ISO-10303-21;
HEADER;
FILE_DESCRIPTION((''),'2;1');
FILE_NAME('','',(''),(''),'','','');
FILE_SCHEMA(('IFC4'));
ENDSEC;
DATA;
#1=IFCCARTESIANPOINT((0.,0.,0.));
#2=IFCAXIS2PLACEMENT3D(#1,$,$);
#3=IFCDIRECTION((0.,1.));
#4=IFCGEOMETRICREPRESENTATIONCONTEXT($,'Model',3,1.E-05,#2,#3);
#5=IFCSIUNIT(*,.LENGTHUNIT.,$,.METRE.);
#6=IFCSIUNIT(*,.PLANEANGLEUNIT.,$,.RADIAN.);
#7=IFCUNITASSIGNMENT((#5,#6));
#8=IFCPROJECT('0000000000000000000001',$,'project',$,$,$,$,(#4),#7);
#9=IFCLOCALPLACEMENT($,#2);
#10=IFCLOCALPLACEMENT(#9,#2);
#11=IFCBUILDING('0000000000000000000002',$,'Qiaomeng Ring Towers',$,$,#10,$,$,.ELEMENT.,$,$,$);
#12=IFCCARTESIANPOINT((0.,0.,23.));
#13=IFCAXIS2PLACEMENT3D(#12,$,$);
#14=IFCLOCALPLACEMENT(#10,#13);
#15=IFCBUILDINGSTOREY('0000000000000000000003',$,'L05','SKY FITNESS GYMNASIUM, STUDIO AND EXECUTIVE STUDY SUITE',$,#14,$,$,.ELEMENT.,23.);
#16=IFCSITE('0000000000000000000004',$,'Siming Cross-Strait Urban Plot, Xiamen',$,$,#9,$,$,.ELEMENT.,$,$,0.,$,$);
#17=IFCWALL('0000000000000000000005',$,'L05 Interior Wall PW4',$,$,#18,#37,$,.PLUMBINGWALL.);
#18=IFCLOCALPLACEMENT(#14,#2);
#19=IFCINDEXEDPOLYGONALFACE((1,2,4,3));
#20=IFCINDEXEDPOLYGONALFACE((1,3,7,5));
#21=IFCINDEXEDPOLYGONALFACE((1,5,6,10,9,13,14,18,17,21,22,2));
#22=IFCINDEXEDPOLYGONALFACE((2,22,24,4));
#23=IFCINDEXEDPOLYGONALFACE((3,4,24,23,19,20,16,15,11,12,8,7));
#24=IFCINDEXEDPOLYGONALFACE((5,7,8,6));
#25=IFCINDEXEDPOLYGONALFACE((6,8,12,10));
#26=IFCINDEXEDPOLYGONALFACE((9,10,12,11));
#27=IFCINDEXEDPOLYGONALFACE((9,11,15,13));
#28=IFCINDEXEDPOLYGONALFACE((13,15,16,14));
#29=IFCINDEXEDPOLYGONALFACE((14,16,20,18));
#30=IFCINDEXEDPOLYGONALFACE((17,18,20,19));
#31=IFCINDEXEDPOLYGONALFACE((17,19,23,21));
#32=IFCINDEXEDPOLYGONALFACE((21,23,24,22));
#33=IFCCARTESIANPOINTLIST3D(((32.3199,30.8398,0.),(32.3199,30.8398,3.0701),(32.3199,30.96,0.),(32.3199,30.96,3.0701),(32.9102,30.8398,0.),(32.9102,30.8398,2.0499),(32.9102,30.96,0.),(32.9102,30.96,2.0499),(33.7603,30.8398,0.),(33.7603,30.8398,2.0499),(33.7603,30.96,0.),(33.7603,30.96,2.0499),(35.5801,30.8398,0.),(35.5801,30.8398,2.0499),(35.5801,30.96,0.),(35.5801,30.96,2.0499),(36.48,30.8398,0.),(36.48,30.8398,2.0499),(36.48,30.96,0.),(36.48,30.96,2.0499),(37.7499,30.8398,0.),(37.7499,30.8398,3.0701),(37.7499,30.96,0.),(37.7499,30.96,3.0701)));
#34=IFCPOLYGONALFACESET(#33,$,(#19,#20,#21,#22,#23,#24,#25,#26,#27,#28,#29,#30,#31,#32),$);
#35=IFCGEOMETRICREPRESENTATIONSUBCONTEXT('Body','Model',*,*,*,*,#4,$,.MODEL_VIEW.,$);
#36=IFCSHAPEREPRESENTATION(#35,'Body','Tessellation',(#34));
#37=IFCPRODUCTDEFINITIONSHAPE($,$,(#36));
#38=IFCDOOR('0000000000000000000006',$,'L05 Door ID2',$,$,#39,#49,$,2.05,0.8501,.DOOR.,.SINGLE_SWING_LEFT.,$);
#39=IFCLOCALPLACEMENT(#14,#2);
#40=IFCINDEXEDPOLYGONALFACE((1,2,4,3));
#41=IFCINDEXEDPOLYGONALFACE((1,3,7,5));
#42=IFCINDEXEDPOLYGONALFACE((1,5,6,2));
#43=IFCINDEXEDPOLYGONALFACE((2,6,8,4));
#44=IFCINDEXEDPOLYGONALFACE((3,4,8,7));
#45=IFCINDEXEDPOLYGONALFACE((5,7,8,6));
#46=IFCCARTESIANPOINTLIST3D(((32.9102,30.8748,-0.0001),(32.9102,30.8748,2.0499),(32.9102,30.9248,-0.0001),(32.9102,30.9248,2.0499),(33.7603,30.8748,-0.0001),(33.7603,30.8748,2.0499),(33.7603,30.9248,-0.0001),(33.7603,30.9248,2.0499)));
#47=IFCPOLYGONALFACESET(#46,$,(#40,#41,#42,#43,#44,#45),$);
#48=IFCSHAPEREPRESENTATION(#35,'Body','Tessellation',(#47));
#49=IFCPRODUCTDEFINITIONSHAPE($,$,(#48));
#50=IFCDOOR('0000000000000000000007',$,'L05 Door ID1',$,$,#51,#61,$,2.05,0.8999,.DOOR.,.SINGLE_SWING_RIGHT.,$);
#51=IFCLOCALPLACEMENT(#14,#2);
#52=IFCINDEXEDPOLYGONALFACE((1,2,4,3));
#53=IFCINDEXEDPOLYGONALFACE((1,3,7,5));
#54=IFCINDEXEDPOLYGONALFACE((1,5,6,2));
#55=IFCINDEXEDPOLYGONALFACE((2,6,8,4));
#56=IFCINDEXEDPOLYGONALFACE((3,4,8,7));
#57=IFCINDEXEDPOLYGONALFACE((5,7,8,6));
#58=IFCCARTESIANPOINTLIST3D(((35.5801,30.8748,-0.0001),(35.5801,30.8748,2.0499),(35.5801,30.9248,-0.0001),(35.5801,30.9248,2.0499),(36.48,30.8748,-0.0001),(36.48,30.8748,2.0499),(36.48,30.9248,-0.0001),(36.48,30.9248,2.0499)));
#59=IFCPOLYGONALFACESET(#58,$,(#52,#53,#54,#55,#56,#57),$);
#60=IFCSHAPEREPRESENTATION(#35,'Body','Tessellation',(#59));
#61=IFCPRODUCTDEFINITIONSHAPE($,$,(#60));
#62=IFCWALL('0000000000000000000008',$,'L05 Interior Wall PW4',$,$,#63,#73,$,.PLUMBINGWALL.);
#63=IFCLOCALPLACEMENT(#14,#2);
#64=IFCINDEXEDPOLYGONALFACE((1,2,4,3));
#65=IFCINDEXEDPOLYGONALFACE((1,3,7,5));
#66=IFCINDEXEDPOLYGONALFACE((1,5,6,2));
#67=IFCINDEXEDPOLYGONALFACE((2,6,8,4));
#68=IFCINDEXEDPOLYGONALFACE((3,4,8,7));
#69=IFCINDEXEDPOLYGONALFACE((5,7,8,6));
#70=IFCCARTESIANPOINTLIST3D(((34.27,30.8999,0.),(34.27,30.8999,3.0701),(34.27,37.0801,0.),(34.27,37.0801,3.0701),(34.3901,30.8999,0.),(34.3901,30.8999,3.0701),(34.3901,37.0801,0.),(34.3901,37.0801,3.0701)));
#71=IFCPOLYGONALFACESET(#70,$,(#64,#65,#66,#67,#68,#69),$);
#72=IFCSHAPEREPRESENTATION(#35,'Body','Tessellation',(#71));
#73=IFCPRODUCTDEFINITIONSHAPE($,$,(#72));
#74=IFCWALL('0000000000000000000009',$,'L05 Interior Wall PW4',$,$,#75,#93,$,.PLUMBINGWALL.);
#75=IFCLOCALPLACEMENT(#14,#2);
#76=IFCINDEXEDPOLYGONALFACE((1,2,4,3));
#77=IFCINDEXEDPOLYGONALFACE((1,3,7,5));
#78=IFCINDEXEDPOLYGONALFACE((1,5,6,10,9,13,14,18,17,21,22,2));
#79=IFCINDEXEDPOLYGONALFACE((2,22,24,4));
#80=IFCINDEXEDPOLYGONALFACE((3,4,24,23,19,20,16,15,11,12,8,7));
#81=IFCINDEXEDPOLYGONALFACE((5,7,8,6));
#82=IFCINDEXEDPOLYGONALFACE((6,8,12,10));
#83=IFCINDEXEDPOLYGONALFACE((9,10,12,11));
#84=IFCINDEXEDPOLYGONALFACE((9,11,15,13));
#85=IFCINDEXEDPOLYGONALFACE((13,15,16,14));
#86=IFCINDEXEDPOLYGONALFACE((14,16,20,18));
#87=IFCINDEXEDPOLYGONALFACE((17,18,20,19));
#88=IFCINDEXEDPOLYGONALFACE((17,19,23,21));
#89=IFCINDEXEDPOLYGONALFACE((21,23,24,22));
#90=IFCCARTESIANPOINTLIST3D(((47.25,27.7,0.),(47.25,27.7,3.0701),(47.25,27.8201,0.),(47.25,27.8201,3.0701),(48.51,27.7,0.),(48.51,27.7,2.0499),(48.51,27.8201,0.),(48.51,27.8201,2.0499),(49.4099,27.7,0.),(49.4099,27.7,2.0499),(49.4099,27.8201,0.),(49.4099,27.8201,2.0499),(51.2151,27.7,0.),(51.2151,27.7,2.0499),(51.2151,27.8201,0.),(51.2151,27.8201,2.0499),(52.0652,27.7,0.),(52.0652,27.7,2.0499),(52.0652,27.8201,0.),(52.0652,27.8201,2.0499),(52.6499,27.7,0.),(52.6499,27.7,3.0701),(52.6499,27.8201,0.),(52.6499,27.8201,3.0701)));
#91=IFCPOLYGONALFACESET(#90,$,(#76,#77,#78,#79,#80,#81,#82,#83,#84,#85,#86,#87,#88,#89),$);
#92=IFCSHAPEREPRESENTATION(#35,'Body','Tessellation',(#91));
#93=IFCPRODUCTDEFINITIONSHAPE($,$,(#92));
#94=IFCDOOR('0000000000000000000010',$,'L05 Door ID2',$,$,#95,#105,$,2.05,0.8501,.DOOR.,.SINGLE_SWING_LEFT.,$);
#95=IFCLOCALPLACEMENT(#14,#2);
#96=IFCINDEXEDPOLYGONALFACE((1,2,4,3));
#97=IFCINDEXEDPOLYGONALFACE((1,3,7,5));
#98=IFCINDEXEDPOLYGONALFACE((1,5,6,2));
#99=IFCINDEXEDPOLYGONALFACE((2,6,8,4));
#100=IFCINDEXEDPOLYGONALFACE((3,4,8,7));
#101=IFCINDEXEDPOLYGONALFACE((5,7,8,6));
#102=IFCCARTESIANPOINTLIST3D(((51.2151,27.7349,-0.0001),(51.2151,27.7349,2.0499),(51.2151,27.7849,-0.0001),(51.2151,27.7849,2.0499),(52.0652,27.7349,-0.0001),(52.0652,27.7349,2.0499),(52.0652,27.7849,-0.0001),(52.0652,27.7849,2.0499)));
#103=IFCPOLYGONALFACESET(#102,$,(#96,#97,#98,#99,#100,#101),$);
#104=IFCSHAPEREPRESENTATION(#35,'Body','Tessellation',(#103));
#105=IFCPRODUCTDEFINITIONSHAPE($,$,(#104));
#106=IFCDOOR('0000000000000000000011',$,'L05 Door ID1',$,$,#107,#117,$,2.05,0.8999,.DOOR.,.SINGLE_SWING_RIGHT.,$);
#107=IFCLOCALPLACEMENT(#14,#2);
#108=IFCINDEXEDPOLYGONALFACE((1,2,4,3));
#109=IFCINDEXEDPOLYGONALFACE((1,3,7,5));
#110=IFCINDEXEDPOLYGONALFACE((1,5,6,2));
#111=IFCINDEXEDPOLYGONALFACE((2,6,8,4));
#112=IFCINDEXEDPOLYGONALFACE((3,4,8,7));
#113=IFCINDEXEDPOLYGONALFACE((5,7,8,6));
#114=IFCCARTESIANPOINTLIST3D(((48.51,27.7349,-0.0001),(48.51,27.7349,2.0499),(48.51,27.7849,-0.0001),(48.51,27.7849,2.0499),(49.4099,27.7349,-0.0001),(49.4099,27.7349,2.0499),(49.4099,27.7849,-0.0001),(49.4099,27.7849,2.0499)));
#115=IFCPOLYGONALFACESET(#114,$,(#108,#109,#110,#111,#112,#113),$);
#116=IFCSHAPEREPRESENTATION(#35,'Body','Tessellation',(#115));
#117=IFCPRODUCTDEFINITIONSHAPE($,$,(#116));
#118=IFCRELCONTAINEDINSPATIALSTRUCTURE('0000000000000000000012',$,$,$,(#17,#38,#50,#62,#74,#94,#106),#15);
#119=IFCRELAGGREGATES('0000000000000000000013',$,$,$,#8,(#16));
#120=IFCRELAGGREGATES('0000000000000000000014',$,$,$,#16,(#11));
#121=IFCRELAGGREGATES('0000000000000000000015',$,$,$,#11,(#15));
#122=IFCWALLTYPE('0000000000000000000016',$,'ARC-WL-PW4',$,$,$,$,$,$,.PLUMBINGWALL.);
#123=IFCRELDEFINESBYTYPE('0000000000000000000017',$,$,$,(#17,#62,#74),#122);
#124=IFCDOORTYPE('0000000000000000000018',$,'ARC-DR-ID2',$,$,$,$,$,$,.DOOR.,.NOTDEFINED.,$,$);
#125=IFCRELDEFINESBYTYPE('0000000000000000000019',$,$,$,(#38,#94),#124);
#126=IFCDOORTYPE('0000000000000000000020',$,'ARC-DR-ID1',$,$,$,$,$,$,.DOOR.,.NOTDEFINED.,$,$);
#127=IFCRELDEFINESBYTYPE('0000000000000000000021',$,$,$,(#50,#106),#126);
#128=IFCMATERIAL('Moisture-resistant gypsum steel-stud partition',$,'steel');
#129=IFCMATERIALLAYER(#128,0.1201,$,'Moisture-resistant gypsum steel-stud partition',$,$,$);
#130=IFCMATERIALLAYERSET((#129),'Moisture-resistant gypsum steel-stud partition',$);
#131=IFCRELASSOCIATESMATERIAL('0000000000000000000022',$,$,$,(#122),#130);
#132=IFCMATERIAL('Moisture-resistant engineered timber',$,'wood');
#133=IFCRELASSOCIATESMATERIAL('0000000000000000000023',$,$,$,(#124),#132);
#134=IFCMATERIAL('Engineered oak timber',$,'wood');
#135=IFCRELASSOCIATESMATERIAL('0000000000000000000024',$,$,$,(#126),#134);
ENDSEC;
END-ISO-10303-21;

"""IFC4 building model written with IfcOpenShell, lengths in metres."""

from ifc_helpers import new_model, si_unit, direction, frame, frame_2d, origin, place, context, subcontext, project, spatial, rectangle, extrude, source, transform, mapped, material, layer, layer_set, type_object, element, fill, save


model = new_model("IFC4")

# Units and contexts
model_context = context("Model", 3, precision=1e-05, world=origin(), true_north=direction((0.0, 1.0)))
body_context = subcontext(model_context, "Body", "Model", "MODEL_VIEW")
ifc_project = project(units=[si_unit("LENGTHUNIT", "METRE"), si_unit("PLANEANGLEUNIT", "RADIAN")], contexts=[model_context])

# Site, building, storey
site_placement = place(None, origin())
site = spatial("IfcSite", under=ifc_project, at=site_placement, Name="Siming Cross-Strait Urban Plot, Xiamen", CompositionType="ELEMENT", RefElevation=0.0)
building_placement = place(site_placement, origin())
building = spatial("IfcBuilding", under=site, at=building_placement, Name="Qiaomeng Ring Towers", CompositionType="ELEMENT")
storey_placement = place(building_placement, frame((0.0, 0.0, 23.0)))
storey = spatial("IfcBuildingStorey", under=building, at=storey_placement, Name="L05", Description="SKY FITNESS GYMNASIUM, STUDIO AND EXECUTIVE STUDY SUITE", CompositionType="ELEMENT", Elevation=23.0)

# Wall, openings, doors
ifc_material_1 = material(Name="Moisture-resistant gypsum steel-stud partition", Category="steel")
ifc_layer_1 = layer(ifc_material_1, 0.1201, Name="Moisture-resistant gypsum steel-stud partition")
ifc_layer_set_1 = layer_set([ifc_layer_1], Name="Moisture-resistant gypsum steel-stud partition")
wall_type_1 = type_object("IfcWallType", Name="ARC-WL-PW4", PredefinedType="PLUMBINGWALL", material=ifc_layer_set_1)
wall_1_placement = place(storey_placement, frame((32.3201, 30.8999, 0.0), z_axis=(0.0, 0.0, 1.0), x_axis=(1.0, 0.0, 0.0)))
wall_1 = element("IfcWall", 1, at=wall_1_placement, inside=storey, type_object=wall_type_1, Name="L05 Interior Wall PW4", PredefinedType="PLUMBINGWALL", context=body_context, shape_type="SweptSolid", body=[
    extrude(rectangle(XDim=5.4299, YDim=0.1201, at=frame_2d((2.7148, 0.0))), origin(), (0.0, 0.0, 1.0), 3.0701),
])
opening_1_placement = place(wall_1_placement, frame((0.5901, 0.0, 0.0)))
opening_1 = element("IfcOpeningElement", 2, at=opening_1_placement, cuts=wall_1, PredefinedType="OPENING", context=body_context, shape_type="SweptSolid", body=[
    extrude(rectangle(XDim=0.8501, YDim=2.05, at=frame_2d((0.425, 1.0249))), frame((0.0, 0.0701, 0.0), z_axis=(0.0, -1.0, 0.0), x_axis=(1.0, 0.0, 0.0)), (0.0, 0.0, 1.0), 0.1401),
])
opening_2_placement = place(wall_1_placement, frame((3.26, 0.0, 0.0)))
opening_2 = element("IfcOpeningElement", 3, at=opening_2_placement, cuts=wall_1, PredefinedType="OPENING", context=body_context, shape_type="SweptSolid", body=[
    extrude(rectangle(XDim=0.8999, YDim=2.05, at=frame_2d((0.45, 1.0249))), frame((0.0, 0.0701, 0.0), z_axis=(0.0, -1.0, 0.0), x_axis=(1.0, 0.0, 0.0)), (0.0, 0.0, 1.0), 0.1401),
])
ifc_material_2 = material(Name="Moisture-resistant engineered timber", Category="wood")
door_type_1 = type_object("IfcDoorType", Name="ARC-DR-ID2", OperationType="NOTDEFINED", PredefinedType="DOOR", material=ifc_material_2)
shared_shape_1 = source(origin(), body_context, "Body", "SweptSolid", [
    extrude(rectangle(XDim=0.8501, YDim=2.05, at=frame_2d((0.425, 1.0249))), frame((0.0, 0.0249, 0.0), z_axis=(0.0, -1.0, 0.0), x_axis=(1.0, 0.0, 0.0)), (0.0, 0.0, 1.0), 0.05),
])
door_1_placement = place(opening_1_placement, origin())
door_1 = element("IfcDoor", 4, at=door_1_placement, inside=storey, type_object=door_type_1, Name="L05 Door ID2", OperationType="SINGLE_SWING_LEFT", OverallHeight=2.05, OverallWidth=0.8501, PredefinedType="DOOR", context=body_context, shape_type="MappedRepresentation", body=[
    mapped(shared_shape_1, transform((0.0, 0.0, 0.0), x_axis=(1.0, 0.0, 0.0), y_axis=(0.0, 1.0, 0.0), z_axis=(0.0, 0.0, 1.0), scale=1.0)),
])
fill(opening_1, door_1)
ifc_material_3 = material(Name="Engineered oak timber", Category="wood")
door_type_2 = type_object("IfcDoorType", Name="ARC-DR-ID1", OperationType="NOTDEFINED", PredefinedType="DOOR", material=ifc_material_3)
shared_shape_2 = source(origin(), body_context, "Body", "SweptSolid", [
    extrude(rectangle(XDim=0.8999, YDim=2.05, at=frame_2d((0.45, 1.0249))), frame((0.0, 0.0249, 0.0), z_axis=(0.0, -1.0, 0.0), x_axis=(1.0, 0.0, 0.0)), (0.0, 0.0, 1.0), 0.05),
])
door_2_placement = place(opening_2_placement, origin())
door_2 = element("IfcDoor", 5, at=door_2_placement, inside=storey, type_object=door_type_2, Name="L05 Door ID1", OperationType="SINGLE_SWING_RIGHT", OverallHeight=2.05, OverallWidth=0.8999, PredefinedType="DOOR", context=body_context, shape_type="MappedRepresentation", body=[
    mapped(shared_shape_2, transform((0.0, 0.0, 0.0), x_axis=(1.0, 0.0, 0.0), y_axis=(0.0, 1.0, 0.0), z_axis=(0.0, 0.0, 1.0), scale=1.0)),
])
fill(opening_2, door_2)

# Wall
wall_2_placement = place(storey_placement, frame((34.3301, 30.8999, 0.0), z_axis=(0.0, 0.0, 1.0), x_axis=(0.0, 1.0, 0.0)))
element("IfcWall", 6, at=wall_2_placement, inside=storey, type_object=wall_type_1, Name="L05 Interior Wall PW4", PredefinedType="PLUMBINGWALL", context=body_context, shape_type="SweptSolid", body=[
    extrude(rectangle(XDim=6.1802, YDim=0.1201, at=frame_2d((3.0901, 0.0))), origin(), (0.0, 0.0, 1.0), 3.0701),
])

# Wall, openings, doors
wall_3_placement = place(storey_placement, frame((47.25, 27.76, 0.0), z_axis=(0.0, 0.0, 1.0), x_axis=(1.0, 0.0, 0.0)))
wall_3 = element("IfcWall", 7, at=wall_3_placement, inside=storey, type_object=wall_type_1, Name="L05 Interior Wall PW4", PredefinedType="PLUMBINGWALL", context=body_context, shape_type="SweptSolid", body=[
    extrude(rectangle(XDim=5.3999, YDim=0.1201, at=frame_2d((2.7, 0.0))), origin(), (0.0, 0.0, 1.0), 3.0701),
])
opening_3_placement = place(wall_3_placement, frame((1.26, 0.0, 0.0)))
opening_3 = element("IfcOpeningElement", 8, at=opening_3_placement, cuts=wall_3, PredefinedType="OPENING", context=body_context, shape_type="SweptSolid", body=[
    extrude(rectangle(XDim=0.8999, YDim=2.05, at=frame_2d((0.45, 1.0249))), frame((0.0, 0.0701, 0.0), z_axis=(0.0, -1.0, 0.0), x_axis=(1.0, 0.0, 0.0)), (0.0, 0.0, 1.0), 0.1401),
])
opening_4_placement = place(wall_3_placement, frame((3.9651, 0.0, 0.0)))
opening_4 = element("IfcOpeningElement", 9, at=opening_4_placement, cuts=wall_3, PredefinedType="OPENING", context=body_context, shape_type="SweptSolid", body=[
    extrude(rectangle(XDim=0.8501, YDim=2.05, at=frame_2d((0.425, 1.0249))), frame((0.0, 0.0701, 0.0), z_axis=(0.0, -1.0, 0.0), x_axis=(1.0, 0.0, 0.0)), (0.0, 0.0, 1.0), 0.1401),
])
door_3_placement = place(opening_4_placement, origin())
door_3 = element("IfcDoor", 10, at=door_3_placement, inside=storey, type_object=door_type_1, Name="L05 Door ID2", OperationType="SINGLE_SWING_LEFT", OverallHeight=2.05, OverallWidth=0.8501, PredefinedType="DOOR", context=body_context, shape_type="MappedRepresentation", body=[
    mapped(shared_shape_1, transform((0.0, 0.0, 0.0), x_axis=(1.0, 0.0, 0.0), y_axis=(0.0, 1.0, 0.0), z_axis=(0.0, 0.0, 1.0), scale=1.0)),
])
fill(opening_4, door_3)
door_4_placement = place(opening_3_placement, origin())
door_4 = element("IfcDoor", 11, at=door_4_placement, inside=storey, type_object=door_type_2, Name="L05 Door ID1", OperationType="SINGLE_SWING_RIGHT", OverallHeight=2.05, OverallWidth=0.8999, PredefinedType="DOOR", context=body_context, shape_type="MappedRepresentation", body=[
    mapped(shared_shape_2, transform((0.0, 0.0, 0.0), x_axis=(1.0, 0.0, 0.0), y_axis=(0.0, 1.0, 0.0), z_axis=(0.0, 0.0, 1.0), scale=1.0)),
])
fill(opening_3, door_4)

save(model, "model.ifc")
